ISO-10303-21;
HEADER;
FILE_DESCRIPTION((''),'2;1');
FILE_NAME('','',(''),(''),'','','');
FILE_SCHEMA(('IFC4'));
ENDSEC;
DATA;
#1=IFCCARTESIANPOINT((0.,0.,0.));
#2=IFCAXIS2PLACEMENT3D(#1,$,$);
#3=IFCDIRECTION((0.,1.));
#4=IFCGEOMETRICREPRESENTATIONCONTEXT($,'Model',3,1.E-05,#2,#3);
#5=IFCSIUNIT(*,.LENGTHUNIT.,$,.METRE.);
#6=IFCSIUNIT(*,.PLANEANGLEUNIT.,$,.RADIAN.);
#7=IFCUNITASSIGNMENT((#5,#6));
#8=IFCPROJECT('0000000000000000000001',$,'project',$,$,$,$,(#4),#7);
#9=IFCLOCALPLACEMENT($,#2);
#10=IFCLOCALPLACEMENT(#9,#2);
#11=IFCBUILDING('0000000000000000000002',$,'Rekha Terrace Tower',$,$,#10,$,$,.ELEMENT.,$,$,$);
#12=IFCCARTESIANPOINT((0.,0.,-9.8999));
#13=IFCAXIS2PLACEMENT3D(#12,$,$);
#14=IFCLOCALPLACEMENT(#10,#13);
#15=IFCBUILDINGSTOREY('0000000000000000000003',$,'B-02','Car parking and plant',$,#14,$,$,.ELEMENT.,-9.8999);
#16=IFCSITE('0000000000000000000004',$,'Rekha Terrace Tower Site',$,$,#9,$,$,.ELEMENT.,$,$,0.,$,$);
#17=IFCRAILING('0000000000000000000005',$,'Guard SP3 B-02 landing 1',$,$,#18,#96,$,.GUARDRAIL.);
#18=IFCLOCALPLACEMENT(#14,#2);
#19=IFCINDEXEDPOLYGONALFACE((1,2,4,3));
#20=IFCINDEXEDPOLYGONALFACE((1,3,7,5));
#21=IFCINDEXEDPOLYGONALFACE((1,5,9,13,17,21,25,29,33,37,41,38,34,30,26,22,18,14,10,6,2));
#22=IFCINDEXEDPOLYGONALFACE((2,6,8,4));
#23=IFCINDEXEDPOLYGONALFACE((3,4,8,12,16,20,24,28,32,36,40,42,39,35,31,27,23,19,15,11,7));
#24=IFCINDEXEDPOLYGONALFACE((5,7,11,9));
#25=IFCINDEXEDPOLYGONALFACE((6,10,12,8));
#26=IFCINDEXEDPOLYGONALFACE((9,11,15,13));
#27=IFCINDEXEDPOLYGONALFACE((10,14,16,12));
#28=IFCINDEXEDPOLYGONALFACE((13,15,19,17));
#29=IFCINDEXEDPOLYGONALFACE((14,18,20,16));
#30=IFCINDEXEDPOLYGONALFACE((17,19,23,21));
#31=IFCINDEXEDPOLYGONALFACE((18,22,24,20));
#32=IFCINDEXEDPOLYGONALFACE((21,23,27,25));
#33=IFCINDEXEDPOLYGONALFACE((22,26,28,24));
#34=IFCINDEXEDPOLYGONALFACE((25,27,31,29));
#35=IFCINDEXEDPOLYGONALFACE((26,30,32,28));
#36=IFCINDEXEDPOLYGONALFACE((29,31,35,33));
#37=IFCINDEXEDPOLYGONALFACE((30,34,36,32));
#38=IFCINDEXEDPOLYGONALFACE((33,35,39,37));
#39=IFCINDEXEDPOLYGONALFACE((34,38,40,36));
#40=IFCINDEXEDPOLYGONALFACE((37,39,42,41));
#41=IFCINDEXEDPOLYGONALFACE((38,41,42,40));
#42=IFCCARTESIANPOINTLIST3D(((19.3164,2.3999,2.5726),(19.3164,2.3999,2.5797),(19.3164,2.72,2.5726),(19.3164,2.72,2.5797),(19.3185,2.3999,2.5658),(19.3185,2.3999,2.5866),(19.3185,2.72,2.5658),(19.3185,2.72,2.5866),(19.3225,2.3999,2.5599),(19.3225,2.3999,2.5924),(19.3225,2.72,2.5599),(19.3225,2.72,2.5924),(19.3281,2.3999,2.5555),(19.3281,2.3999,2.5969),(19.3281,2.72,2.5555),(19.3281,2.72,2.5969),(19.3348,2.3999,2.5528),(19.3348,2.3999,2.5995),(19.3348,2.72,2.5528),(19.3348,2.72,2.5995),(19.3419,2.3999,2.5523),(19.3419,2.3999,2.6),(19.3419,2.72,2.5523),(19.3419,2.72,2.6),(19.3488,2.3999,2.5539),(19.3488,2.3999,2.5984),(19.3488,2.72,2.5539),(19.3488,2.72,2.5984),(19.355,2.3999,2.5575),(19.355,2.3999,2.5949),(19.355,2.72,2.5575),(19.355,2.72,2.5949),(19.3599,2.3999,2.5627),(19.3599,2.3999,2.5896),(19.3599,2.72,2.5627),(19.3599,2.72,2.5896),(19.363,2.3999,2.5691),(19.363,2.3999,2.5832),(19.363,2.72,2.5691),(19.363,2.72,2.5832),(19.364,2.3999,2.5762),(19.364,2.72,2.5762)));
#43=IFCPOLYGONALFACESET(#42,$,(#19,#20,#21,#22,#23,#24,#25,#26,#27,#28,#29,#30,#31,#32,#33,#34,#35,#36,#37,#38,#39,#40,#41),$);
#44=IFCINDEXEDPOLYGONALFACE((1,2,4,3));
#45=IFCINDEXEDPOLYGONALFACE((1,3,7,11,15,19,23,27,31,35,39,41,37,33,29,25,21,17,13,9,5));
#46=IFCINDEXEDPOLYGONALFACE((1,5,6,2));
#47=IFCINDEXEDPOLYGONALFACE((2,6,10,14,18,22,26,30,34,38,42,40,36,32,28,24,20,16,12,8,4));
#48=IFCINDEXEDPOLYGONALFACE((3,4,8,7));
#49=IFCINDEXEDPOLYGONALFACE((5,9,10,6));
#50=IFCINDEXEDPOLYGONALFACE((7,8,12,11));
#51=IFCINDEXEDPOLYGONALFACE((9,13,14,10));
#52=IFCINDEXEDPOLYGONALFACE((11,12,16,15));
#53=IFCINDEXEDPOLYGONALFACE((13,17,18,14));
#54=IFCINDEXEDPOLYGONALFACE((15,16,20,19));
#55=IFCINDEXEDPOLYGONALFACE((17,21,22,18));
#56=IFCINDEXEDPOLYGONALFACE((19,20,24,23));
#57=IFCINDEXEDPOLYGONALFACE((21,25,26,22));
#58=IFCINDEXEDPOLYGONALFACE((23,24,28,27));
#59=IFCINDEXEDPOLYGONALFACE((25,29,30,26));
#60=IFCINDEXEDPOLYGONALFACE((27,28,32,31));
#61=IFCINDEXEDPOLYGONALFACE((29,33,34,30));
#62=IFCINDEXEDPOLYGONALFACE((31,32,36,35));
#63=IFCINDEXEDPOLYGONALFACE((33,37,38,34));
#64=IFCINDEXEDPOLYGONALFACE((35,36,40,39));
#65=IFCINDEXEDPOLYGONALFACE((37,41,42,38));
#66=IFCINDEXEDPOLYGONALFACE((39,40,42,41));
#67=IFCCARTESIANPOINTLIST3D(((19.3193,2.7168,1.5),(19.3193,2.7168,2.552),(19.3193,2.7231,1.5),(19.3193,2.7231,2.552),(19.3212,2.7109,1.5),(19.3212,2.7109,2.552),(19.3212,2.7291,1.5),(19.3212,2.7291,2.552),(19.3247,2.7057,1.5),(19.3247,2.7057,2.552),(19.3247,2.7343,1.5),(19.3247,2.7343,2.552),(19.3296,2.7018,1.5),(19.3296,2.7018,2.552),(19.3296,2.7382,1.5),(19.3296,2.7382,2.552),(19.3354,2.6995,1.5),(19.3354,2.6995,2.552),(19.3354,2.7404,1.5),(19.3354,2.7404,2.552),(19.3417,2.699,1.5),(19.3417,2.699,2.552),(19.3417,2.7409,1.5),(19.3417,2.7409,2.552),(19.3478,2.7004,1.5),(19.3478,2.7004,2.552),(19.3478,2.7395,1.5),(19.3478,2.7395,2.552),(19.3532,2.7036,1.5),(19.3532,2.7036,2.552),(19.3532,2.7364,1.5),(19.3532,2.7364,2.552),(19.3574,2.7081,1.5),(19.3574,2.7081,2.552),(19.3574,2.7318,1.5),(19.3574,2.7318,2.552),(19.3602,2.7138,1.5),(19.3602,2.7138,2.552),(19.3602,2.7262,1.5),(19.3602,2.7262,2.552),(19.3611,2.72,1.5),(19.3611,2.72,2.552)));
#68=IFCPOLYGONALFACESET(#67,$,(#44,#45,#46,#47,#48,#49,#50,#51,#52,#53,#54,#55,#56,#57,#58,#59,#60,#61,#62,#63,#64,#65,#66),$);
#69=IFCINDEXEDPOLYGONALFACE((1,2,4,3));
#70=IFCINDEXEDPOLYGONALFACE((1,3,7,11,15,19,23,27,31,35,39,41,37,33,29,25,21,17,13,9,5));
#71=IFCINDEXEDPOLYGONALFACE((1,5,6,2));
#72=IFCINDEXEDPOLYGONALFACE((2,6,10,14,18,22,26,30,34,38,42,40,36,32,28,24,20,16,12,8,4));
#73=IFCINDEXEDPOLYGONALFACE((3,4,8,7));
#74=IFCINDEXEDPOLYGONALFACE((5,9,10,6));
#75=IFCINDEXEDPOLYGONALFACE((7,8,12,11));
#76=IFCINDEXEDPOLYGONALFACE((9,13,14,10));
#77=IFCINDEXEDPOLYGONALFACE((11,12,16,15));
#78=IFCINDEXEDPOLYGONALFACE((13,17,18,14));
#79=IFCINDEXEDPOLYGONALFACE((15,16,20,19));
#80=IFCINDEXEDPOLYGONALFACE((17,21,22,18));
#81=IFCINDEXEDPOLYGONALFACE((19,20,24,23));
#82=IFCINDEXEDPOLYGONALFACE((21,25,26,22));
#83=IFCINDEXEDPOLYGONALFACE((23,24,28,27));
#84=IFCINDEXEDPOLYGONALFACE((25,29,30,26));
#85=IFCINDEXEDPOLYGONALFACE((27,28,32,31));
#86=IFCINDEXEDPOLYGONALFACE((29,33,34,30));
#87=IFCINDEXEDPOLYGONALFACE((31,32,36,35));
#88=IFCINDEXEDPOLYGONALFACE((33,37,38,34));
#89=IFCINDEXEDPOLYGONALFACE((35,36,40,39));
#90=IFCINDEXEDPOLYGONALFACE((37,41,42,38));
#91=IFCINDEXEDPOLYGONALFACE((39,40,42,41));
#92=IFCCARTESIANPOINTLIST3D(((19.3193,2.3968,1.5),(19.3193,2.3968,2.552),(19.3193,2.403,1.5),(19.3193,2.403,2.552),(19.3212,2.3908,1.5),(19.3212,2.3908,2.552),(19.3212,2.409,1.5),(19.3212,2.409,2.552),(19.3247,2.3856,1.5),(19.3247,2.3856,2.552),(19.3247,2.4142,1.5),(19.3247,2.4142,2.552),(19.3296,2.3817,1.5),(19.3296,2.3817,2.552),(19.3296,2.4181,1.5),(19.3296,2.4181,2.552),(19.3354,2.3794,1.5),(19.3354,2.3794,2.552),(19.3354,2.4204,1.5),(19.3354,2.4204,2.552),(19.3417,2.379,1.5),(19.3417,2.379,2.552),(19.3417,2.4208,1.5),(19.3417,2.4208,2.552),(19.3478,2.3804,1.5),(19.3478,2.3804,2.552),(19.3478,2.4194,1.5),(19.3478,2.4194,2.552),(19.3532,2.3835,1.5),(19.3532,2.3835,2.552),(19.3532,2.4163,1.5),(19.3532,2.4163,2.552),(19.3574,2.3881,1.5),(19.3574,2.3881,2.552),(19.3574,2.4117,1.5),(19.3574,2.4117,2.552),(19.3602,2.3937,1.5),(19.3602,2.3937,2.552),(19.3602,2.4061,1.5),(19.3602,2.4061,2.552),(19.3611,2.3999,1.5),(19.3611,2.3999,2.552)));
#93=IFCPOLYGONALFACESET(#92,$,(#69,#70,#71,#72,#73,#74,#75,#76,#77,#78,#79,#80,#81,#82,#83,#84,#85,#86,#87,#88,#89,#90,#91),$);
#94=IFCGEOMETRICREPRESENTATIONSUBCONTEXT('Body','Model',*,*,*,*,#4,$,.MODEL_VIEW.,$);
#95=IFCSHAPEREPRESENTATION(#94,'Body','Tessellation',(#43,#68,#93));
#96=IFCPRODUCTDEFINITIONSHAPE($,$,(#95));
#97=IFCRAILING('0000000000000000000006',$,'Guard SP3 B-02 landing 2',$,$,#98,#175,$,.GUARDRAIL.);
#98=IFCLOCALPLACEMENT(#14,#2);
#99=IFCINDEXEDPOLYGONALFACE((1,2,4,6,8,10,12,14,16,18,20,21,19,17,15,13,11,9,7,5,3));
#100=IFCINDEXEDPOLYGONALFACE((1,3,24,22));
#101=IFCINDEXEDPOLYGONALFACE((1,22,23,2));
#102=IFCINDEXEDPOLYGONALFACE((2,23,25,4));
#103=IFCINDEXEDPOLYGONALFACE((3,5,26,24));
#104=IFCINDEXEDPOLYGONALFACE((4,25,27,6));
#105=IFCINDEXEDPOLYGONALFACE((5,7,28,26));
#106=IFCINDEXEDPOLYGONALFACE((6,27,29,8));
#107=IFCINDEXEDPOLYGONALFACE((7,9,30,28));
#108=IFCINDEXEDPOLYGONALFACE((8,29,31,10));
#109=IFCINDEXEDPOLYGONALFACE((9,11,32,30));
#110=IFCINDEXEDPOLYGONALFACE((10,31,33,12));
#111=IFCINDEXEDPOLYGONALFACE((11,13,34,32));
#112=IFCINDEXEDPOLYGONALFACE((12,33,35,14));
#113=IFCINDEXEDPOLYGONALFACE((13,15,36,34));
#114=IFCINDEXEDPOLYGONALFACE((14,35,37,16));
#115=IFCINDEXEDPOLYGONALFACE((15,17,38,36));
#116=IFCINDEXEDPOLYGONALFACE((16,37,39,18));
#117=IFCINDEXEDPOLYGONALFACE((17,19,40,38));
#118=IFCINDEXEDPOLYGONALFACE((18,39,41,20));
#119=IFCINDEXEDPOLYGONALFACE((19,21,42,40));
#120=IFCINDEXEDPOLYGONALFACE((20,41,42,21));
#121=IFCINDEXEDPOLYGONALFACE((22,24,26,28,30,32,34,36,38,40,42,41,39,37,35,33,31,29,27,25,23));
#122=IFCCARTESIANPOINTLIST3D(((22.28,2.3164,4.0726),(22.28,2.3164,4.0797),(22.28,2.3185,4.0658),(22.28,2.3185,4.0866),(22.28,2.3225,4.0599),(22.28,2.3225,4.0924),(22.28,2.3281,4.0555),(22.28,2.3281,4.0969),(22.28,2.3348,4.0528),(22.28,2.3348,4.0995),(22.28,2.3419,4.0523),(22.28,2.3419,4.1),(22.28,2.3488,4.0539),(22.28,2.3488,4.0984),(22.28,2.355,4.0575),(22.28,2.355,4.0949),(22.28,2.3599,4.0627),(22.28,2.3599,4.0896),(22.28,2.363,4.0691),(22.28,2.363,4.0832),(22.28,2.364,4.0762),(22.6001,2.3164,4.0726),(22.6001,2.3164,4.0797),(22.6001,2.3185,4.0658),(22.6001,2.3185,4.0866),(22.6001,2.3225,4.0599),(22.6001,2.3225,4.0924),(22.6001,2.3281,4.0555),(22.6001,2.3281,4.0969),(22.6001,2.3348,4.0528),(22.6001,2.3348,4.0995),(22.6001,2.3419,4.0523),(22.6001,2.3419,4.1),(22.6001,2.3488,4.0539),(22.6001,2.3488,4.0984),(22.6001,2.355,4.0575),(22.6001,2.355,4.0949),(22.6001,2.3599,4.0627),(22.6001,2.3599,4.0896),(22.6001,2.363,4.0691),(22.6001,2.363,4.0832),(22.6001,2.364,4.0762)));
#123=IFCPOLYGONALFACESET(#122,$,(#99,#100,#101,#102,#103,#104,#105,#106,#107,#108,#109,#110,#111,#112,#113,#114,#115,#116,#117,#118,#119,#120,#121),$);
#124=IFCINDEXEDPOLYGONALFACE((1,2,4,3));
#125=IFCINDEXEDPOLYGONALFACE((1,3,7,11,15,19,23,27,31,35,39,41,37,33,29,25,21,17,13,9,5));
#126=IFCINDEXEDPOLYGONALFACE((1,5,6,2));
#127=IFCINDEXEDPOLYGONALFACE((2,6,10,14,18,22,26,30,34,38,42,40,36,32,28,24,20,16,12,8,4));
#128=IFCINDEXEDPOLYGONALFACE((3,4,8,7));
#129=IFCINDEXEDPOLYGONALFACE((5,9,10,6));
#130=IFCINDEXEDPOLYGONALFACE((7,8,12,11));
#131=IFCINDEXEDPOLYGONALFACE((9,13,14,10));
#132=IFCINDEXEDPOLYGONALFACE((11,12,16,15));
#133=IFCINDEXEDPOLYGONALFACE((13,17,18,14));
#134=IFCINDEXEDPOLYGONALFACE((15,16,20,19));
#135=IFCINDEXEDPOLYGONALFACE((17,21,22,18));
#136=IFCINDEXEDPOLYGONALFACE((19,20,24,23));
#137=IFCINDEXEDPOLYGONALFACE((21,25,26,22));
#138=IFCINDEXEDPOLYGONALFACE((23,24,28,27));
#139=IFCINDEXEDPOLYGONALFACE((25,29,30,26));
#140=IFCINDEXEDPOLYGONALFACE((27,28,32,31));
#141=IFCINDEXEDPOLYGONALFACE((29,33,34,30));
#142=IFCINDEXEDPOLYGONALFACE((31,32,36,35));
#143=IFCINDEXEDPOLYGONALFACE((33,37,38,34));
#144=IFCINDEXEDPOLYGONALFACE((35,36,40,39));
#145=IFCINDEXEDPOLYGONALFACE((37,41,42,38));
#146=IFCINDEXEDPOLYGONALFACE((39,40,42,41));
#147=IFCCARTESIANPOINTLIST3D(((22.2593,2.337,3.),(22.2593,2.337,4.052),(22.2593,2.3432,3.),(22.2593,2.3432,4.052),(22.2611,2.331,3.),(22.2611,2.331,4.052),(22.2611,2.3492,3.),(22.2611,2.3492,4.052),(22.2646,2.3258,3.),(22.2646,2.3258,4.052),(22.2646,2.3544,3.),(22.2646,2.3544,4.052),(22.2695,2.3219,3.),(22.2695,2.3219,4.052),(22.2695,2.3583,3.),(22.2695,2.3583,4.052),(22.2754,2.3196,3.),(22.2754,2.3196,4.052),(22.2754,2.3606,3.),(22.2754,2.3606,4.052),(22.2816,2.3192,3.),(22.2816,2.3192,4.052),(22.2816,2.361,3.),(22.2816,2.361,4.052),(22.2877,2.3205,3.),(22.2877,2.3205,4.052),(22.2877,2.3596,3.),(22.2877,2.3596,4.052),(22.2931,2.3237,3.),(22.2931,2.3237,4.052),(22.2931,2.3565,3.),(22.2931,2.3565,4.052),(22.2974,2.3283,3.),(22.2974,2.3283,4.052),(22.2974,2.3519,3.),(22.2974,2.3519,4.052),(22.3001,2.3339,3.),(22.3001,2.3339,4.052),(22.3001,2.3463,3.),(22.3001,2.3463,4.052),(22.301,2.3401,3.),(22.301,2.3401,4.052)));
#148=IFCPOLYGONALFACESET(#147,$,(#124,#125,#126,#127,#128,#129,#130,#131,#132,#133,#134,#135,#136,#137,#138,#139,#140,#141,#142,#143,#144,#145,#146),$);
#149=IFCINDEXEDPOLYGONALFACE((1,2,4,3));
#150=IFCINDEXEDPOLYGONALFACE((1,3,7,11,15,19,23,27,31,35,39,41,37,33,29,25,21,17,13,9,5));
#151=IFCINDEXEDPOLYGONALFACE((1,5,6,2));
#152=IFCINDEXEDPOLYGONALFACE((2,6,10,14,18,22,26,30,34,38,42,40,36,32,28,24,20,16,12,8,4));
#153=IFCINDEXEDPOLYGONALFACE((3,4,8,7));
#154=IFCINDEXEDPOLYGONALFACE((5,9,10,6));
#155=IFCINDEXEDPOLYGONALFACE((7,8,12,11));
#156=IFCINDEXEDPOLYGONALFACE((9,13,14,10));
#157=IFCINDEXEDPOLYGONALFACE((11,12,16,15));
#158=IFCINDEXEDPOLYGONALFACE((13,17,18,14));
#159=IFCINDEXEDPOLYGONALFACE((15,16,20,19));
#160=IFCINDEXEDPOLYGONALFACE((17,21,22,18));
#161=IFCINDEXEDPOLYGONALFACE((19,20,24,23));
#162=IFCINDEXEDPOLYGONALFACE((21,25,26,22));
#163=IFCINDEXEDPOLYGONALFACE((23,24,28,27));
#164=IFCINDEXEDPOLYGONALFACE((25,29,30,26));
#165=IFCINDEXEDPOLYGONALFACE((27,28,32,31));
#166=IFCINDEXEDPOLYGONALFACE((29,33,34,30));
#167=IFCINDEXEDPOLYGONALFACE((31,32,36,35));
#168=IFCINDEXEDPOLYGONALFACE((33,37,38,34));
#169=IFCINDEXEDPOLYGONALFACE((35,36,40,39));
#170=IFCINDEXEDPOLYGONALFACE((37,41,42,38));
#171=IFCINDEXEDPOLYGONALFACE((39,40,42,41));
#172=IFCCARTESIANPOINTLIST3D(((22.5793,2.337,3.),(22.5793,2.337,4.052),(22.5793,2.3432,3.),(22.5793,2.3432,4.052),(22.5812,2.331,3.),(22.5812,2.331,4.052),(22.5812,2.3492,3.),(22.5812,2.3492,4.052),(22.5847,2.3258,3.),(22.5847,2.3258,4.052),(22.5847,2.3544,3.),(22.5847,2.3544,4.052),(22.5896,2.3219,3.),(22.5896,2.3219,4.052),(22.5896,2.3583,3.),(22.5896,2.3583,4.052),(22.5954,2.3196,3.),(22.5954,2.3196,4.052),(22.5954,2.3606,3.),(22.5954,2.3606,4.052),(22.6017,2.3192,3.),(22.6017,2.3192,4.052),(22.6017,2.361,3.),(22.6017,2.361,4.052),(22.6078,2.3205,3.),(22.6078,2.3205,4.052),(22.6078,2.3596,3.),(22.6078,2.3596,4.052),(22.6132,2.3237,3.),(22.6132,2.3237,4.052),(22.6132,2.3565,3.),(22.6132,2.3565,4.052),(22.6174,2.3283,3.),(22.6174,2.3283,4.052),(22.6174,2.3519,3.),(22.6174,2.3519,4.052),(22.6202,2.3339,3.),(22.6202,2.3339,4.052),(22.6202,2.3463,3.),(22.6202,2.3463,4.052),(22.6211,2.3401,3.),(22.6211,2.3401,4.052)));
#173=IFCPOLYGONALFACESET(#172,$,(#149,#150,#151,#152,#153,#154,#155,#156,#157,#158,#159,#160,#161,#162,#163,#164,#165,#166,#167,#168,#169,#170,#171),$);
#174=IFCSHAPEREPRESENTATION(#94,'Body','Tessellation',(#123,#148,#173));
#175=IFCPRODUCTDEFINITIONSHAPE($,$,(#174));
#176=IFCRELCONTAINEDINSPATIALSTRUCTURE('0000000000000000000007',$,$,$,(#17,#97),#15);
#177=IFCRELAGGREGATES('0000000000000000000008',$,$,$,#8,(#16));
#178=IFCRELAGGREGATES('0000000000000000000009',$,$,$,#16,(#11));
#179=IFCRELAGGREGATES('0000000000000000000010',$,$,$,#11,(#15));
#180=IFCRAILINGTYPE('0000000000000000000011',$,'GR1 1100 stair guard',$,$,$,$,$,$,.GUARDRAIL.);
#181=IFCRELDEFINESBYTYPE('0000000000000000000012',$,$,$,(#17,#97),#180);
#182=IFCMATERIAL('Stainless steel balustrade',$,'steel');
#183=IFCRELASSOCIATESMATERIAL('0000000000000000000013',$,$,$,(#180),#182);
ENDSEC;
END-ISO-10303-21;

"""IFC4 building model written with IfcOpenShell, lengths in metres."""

from ifc_helpers import new_model, si_unit, direction, frame, origin, origin_2d, place, context, subcontext, project, spatial, circle, extrude, material, type_object, element, save


model = new_model("IFC4")

# Units and contexts
model_context = context("Model", 3, precision=1e-05, world=origin(), true_north=direction((0.0, 1.0)))
body_context = subcontext(model_context, "Body", "Model", "MODEL_VIEW")
ifc_project = project(units=[si_unit("LENGTHUNIT", "METRE"), si_unit("PLANEANGLEUNIT", "RADIAN")], contexts=[model_context])

# Site, building, storey
site_placement = place(None, origin())
site = spatial("IfcSite", under=ifc_project, at=site_placement, Name="Rekha Terrace Tower Site", CompositionType="ELEMENT", RefElevation=0.0)
building_placement = place(site_placement, origin())
building = spatial("IfcBuilding", under=site, at=building_placement, Name="Rekha Terrace Tower", CompositionType="ELEMENT")
storey_placement = place(building_placement, frame((0.0, 0.0, -9.8999)))
storey = spatial("IfcBuildingStorey", under=building, at=storey_placement, Name="B-02", Description="Car parking and plant", CompositionType="ELEMENT", Elevation=-9.8999)

# Railings
ifc_material_1 = material(Name="Stainless steel balustrade", Category="steel")
railing_type_1 = type_object("IfcRailingType", Name="GR1 1100 stair guard", PredefinedType="GUARDRAIL", material=ifc_material_1)
railing_1_placement = place(storey_placement, frame((19.3401, 2.72, 1.5)))
element("IfcRailing", 1, at=railing_1_placement, inside=storey, type_object=railing_type_1, Name="Guard SP3 B-02 landing 1", PredefinedType="GUARDRAIL", context=body_context, shape_type="SweptSolid", body=[
    extrude(circle(Radius=0.0239, at=origin_2d()), frame((0.0, 0.0, 1.0762), z_axis=(0.0, -1.0, 0.0), x_axis=(1.0, 0.0, 0.0)), (0.0, 0.0, 1.0), 0.3201),
    extrude(circle(Radius=0.021, at=origin_2d()), origin(), (0.0, 0.0, 1.0), 1.052),
    extrude(circle(Radius=0.021, at=origin_2d()), frame((0.0, -0.3201, 0.0)), (0.0, 0.0, 1.0), 1.052),
])
railing_2_placement = place(storey_placement, frame((22.28, 2.3401, 3.0)))
element("IfcRailing", 2, at=railing_2_placement, inside=storey, type_object=railing_type_1, Name="Guard SP3 B-02 landing 2", PredefinedType="GUARDRAIL", context=body_context, shape_type="SweptSolid", body=[
    extrude(circle(Radius=0.0239, at=origin_2d()), frame((0.0, 0.0, 1.0762), z_axis=(1.0, 0.0, 0.0), x_axis=(0.0, 1.0, 0.0)), (0.0, 0.0, 1.0), 0.3201),
    extrude(circle(Radius=0.021, at=origin_2d()), origin(), (0.0, 0.0, 1.0), 1.052),
    extrude(circle(Radius=0.021, at=origin_2d()), frame((0.3201, 0.0, 0.0)), (0.0, 0.0, 1.0), 1.052),
])

save(model, "model.ifc")
